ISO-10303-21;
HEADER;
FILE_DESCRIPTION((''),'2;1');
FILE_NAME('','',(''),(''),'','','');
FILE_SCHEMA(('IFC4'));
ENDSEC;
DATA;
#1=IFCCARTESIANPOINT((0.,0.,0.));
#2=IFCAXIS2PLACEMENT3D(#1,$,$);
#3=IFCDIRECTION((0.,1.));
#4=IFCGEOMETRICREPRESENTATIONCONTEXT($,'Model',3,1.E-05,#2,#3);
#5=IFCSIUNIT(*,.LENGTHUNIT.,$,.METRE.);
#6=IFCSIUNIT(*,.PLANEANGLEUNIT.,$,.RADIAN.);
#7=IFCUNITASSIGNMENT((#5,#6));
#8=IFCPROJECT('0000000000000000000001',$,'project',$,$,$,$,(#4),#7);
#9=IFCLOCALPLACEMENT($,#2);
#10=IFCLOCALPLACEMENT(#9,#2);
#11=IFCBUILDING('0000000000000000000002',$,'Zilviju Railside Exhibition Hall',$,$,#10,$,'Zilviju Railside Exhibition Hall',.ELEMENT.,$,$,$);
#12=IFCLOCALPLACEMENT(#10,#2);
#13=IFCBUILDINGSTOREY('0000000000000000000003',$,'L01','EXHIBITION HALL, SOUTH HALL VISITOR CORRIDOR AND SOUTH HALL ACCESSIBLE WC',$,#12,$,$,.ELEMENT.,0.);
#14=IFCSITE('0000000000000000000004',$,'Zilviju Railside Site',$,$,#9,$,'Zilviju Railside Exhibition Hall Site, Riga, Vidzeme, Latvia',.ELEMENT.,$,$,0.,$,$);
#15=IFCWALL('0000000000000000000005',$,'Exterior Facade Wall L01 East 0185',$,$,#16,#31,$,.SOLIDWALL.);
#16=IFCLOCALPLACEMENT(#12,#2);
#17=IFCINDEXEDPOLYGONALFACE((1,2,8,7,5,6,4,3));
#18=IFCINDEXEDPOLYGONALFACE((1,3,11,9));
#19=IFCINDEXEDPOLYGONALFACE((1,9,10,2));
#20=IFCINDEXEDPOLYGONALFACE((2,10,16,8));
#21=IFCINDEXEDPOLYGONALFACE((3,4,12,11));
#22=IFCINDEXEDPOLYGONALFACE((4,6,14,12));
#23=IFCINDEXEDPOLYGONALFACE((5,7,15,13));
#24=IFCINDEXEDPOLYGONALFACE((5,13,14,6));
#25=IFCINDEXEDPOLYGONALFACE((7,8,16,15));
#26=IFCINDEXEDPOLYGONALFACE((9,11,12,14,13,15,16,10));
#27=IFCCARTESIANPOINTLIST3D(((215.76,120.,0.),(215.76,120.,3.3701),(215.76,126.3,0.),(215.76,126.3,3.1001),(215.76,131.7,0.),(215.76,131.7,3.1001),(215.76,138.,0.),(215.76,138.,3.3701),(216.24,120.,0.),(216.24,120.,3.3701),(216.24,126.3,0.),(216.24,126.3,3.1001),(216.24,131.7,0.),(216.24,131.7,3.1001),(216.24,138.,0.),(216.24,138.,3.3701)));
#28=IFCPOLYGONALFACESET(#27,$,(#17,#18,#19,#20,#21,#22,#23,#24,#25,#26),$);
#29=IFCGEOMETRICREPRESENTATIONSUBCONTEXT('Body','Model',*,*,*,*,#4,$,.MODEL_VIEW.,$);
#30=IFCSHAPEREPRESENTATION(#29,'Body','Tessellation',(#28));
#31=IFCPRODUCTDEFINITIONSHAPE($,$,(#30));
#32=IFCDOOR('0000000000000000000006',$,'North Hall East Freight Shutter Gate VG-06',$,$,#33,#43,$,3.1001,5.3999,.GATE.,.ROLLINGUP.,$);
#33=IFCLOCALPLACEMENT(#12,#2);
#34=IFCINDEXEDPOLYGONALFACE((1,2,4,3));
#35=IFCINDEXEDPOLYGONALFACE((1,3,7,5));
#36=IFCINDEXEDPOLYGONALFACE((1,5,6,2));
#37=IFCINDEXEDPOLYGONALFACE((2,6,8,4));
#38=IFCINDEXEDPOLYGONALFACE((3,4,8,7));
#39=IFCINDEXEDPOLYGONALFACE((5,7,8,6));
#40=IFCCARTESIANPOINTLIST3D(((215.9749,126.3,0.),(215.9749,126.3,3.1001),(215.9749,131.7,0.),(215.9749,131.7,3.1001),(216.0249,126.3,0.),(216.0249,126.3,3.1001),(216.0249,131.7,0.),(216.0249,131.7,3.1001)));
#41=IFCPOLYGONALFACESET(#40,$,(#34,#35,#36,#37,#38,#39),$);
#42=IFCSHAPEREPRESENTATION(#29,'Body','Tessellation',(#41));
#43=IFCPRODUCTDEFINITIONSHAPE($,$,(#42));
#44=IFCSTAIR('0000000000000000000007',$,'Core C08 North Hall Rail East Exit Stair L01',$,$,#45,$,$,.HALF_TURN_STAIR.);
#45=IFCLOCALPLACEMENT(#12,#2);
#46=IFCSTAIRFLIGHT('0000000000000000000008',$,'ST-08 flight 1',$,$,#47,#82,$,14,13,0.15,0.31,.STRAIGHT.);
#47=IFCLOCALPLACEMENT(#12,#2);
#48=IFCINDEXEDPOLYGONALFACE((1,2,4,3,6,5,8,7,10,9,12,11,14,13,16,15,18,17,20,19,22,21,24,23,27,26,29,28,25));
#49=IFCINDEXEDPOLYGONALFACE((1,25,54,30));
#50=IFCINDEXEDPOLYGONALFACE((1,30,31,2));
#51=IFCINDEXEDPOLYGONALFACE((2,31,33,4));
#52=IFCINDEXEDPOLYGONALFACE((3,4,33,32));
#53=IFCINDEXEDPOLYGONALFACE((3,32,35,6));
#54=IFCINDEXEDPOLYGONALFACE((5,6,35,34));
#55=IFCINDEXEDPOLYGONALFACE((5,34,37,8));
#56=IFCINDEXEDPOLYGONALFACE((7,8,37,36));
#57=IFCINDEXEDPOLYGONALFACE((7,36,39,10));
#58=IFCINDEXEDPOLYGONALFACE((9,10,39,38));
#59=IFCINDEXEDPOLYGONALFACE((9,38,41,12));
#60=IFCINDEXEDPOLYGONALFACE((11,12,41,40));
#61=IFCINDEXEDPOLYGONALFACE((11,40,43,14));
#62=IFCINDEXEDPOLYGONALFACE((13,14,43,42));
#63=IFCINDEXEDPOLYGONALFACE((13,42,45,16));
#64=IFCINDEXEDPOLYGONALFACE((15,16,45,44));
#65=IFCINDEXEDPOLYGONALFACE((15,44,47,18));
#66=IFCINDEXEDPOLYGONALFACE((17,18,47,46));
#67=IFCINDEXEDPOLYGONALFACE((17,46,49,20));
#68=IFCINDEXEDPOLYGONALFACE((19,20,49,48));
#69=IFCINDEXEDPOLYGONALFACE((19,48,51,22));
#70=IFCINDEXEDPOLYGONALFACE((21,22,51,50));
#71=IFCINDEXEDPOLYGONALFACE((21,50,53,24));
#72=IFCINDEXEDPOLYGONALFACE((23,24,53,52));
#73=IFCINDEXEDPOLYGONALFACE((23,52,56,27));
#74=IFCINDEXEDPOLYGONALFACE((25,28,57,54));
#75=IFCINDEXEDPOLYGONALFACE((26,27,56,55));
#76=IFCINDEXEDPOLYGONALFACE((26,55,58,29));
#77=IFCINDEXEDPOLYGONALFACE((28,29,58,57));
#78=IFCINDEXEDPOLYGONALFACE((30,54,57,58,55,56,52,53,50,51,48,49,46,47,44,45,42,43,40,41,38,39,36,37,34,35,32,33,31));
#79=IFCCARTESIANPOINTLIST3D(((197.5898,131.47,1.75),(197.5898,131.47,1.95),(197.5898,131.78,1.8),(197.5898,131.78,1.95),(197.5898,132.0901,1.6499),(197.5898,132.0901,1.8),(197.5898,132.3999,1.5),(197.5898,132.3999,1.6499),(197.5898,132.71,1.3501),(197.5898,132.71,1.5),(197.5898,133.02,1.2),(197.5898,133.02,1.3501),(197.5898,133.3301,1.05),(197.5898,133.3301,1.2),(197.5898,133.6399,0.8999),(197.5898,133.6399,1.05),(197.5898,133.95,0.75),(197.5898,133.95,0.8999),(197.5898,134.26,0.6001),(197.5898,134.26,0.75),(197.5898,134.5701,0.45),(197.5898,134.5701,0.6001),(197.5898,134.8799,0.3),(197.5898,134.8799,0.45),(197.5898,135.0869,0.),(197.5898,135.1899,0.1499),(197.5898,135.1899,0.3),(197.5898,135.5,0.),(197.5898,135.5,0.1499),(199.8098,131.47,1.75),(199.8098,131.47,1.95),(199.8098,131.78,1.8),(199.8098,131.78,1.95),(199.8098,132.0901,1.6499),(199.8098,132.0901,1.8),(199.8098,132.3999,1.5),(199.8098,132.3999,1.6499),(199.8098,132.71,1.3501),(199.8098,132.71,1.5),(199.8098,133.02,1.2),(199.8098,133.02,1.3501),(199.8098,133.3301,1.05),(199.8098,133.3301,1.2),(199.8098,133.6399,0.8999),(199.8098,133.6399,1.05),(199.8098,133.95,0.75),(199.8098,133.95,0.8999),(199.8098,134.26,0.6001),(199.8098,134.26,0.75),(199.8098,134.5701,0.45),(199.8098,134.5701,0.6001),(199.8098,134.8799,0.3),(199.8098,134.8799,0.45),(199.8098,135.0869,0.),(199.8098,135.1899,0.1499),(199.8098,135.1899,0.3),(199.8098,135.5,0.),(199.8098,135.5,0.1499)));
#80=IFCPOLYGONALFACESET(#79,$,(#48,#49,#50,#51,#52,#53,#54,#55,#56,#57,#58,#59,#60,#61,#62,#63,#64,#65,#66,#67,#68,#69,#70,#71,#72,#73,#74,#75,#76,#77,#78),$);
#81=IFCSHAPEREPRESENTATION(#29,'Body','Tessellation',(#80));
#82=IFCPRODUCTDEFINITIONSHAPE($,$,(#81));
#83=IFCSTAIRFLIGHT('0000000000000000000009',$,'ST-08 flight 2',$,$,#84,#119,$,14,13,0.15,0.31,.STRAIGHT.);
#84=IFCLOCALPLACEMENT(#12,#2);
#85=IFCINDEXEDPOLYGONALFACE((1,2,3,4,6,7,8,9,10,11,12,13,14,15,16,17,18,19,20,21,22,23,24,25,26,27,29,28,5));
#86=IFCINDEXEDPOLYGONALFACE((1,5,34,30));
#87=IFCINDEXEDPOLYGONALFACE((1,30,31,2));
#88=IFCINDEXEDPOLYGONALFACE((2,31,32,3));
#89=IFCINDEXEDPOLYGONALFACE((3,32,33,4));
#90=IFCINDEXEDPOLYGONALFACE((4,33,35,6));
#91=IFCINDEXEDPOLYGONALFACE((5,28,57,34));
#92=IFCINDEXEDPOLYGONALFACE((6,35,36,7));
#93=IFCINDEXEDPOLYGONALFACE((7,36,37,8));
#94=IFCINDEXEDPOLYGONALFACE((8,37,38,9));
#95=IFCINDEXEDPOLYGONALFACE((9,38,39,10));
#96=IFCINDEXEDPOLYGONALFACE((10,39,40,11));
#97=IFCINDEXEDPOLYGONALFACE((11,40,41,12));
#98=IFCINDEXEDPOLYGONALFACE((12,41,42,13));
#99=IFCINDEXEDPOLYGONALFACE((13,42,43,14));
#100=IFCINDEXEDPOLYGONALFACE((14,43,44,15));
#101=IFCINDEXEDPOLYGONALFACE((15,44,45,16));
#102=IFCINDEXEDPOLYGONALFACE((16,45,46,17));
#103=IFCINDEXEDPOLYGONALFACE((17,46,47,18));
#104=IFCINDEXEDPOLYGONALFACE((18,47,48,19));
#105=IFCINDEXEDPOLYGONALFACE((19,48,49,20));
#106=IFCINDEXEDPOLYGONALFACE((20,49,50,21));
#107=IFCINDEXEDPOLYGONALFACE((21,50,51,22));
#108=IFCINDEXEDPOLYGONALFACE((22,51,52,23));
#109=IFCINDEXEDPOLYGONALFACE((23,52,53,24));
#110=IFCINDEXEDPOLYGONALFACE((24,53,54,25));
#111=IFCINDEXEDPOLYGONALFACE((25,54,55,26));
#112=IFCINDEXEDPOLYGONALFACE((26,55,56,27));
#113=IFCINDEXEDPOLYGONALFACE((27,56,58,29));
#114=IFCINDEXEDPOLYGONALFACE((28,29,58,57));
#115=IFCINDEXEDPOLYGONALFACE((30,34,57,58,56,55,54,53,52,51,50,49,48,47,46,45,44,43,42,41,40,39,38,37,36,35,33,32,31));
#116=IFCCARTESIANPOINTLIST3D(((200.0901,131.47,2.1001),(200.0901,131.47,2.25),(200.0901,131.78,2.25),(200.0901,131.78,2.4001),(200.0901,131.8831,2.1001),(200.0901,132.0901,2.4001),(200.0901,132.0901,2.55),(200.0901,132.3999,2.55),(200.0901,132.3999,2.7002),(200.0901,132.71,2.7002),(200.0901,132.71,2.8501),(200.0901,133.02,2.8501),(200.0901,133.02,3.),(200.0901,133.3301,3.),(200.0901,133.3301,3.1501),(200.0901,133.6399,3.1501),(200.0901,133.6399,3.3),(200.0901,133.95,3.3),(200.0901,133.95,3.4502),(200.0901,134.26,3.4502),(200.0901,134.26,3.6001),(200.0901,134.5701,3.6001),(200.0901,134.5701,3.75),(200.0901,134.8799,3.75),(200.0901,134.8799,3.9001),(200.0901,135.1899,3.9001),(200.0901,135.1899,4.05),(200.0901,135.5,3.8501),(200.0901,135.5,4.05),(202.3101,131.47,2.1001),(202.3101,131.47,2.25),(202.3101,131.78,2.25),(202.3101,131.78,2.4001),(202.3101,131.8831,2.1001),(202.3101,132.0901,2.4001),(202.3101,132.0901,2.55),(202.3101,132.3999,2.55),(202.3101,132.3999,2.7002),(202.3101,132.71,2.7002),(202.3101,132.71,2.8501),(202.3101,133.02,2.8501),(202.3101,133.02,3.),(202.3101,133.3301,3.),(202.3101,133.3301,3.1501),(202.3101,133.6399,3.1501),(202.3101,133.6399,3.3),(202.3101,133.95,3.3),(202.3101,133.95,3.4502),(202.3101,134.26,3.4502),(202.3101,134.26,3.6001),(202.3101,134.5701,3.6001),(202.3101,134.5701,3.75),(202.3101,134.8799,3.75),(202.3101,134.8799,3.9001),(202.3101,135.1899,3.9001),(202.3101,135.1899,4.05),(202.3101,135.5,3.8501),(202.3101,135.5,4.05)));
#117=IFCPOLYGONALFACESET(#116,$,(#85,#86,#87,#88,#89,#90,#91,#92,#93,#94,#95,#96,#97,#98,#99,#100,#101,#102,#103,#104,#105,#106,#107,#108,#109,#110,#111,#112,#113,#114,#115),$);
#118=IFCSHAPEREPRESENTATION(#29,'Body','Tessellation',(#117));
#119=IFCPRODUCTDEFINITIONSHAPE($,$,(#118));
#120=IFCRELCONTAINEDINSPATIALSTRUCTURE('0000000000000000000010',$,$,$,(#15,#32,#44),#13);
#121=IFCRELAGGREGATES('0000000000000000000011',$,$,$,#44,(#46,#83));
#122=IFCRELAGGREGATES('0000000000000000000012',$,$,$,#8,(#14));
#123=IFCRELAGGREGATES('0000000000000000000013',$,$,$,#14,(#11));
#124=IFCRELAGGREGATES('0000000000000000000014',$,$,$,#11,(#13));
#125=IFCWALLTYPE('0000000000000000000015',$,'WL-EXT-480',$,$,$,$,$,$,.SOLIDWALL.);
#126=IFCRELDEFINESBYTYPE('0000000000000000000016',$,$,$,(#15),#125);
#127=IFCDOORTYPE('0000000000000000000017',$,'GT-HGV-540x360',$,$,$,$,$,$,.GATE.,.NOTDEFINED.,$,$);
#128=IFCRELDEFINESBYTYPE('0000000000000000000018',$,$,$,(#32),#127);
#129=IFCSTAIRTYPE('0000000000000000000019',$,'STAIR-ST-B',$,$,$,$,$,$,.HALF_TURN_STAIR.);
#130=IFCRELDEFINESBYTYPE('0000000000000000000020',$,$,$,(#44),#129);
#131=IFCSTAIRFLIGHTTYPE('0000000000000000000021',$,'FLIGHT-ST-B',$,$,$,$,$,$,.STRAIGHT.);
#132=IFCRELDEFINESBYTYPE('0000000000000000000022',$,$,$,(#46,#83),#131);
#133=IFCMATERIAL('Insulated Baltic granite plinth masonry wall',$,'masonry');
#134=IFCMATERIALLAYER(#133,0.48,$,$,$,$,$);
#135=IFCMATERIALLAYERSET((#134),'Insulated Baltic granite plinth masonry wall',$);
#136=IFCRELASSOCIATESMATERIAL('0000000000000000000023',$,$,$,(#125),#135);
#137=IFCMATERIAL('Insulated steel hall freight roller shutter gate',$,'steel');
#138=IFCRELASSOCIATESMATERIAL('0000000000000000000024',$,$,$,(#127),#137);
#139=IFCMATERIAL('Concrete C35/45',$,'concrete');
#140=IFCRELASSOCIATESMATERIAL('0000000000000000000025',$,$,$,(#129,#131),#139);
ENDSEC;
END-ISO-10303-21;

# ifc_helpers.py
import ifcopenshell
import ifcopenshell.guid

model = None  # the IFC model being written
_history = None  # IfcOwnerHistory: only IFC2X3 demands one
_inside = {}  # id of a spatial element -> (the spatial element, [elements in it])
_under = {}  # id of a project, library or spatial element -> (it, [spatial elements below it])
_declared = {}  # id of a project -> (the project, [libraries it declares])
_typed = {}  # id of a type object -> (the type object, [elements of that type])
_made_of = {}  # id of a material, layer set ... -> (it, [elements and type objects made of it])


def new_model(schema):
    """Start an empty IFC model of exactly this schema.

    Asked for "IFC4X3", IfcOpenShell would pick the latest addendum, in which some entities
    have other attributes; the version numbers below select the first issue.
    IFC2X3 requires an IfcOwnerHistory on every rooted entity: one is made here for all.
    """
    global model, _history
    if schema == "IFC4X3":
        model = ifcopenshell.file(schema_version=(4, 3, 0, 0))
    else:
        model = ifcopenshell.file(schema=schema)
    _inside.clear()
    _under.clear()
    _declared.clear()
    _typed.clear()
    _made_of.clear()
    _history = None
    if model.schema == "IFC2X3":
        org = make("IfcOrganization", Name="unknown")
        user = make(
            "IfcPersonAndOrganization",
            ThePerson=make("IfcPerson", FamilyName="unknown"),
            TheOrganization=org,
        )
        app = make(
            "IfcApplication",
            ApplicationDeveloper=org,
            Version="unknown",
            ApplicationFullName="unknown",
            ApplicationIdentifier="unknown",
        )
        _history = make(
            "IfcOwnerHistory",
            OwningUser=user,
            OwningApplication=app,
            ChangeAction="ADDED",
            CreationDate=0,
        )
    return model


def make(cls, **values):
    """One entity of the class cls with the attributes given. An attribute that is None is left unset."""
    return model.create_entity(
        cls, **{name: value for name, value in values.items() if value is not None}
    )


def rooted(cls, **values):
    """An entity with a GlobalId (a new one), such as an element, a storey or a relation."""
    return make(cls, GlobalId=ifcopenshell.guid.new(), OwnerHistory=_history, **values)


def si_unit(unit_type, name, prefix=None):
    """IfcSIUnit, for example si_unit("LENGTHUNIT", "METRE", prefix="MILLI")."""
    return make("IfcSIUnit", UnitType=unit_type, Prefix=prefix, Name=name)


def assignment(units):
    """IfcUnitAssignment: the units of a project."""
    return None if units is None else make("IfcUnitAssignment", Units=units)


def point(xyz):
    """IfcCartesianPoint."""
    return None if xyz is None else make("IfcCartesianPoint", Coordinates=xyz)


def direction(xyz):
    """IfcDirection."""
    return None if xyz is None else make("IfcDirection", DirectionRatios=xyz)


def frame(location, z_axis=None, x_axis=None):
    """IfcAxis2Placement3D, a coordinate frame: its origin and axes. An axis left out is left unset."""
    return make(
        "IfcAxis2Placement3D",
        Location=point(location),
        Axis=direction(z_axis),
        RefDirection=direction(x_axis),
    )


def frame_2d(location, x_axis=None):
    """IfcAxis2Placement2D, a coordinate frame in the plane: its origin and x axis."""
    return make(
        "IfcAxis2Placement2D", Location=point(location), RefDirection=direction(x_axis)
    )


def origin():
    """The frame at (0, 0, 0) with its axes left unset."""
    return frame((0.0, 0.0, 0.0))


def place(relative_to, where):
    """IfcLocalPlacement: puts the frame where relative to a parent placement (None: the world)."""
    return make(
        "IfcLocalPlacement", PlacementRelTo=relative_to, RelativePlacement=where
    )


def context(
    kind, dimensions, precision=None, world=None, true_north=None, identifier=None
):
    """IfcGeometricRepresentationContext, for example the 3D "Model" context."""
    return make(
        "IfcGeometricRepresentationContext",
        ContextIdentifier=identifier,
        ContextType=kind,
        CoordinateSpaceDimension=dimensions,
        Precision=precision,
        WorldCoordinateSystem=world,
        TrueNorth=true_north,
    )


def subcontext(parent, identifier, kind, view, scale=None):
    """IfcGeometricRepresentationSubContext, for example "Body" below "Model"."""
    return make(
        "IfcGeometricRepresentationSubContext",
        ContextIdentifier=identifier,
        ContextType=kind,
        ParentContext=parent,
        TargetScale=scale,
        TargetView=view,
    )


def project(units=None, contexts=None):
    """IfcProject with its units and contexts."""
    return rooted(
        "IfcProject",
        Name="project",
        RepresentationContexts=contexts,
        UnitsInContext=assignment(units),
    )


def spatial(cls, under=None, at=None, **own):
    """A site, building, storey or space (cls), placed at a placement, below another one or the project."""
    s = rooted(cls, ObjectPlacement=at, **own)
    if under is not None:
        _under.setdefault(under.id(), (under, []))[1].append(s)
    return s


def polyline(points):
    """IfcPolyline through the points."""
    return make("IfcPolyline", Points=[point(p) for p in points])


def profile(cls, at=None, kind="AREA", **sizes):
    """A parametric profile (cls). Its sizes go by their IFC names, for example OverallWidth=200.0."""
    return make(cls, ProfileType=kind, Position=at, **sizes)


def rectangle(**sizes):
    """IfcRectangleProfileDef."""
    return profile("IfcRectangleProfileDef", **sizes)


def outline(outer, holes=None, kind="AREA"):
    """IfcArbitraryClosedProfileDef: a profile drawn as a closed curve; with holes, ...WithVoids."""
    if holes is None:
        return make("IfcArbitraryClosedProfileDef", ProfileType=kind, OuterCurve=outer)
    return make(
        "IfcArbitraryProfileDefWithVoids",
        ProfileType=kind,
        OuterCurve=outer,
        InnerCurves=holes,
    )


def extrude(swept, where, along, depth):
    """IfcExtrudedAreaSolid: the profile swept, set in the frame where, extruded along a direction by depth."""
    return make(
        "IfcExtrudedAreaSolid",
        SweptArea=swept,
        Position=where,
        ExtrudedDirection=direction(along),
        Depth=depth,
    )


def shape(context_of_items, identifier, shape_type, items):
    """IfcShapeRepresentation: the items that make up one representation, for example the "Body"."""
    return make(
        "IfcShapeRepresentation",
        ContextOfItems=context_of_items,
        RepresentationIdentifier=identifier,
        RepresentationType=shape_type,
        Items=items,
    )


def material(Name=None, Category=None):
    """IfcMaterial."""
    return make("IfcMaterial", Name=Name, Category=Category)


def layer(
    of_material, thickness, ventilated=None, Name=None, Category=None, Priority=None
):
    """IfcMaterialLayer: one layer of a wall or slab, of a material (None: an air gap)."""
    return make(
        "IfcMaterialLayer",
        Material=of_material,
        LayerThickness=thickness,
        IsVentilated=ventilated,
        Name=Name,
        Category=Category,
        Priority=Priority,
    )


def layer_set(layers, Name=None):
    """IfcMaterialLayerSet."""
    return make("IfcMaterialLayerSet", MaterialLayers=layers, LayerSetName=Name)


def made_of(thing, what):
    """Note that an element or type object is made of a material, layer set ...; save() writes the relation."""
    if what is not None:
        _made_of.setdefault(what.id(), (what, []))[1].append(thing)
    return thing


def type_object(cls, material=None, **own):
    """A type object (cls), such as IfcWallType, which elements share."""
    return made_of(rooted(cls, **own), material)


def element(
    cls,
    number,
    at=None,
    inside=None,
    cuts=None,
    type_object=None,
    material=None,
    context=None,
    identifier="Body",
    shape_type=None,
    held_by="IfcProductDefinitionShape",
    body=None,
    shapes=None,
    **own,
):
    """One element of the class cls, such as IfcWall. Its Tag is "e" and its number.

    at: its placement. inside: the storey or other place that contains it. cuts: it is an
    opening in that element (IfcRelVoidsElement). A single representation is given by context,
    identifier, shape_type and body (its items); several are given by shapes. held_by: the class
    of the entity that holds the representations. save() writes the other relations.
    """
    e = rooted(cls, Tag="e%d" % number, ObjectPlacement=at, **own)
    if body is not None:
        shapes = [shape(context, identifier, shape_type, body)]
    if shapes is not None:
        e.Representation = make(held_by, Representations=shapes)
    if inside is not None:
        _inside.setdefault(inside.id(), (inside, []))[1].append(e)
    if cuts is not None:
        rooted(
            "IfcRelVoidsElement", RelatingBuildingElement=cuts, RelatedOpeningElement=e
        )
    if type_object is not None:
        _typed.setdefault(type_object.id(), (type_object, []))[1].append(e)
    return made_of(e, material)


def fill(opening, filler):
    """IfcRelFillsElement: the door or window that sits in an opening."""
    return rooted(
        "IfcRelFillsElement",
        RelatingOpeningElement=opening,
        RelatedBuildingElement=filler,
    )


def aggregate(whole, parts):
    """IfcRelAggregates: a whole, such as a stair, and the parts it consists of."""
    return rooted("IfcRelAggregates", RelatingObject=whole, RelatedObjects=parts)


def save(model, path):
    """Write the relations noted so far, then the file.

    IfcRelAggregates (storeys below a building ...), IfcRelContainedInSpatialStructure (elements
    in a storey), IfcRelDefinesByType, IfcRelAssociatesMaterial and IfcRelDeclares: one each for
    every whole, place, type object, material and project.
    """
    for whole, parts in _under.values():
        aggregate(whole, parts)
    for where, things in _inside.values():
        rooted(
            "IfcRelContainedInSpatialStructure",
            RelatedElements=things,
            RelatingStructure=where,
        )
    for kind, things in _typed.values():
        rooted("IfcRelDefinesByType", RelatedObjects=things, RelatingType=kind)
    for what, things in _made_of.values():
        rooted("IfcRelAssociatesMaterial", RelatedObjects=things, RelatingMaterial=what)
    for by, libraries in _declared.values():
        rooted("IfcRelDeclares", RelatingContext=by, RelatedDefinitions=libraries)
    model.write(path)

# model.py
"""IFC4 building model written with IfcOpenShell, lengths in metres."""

from ifc_helpers import new_model, si_unit, direction, frame, frame_2d, origin, place, context, subcontext, project, spatial, polyline, rectangle, outline, extrude, material, layer, layer_set, type_object, element, fill, aggregate, save


model = new_model("IFC4")

# Units and contexts
model_context = context("Model", 3, precision=1e-05, world=origin(), true_north=direction((0.0, 1.0)))
body_context = subcontext(model_context, "Body", "Model", "MODEL_VIEW")
ifc_project = project(units=[si_unit("LENGTHUNIT", "METRE"), si_unit("PLANEANGLEUNIT", "RADIAN")], contexts=[model_context])

# Site, building, storey
site_placement = place(None, origin())
site = spatial("IfcSite", under=ifc_project, at=site_placement, Name="Zilviju Railside Site", LongName="Zilviju Railside Exhibition Hall Site, Riga, Vidzeme, Latvia", CompositionType="ELEMENT", RefElevation=0.0)
building_placement = place(site_placement, origin())
building = spatial("IfcBuilding", under=site, at=building_placement, Name="Zilviju Railside Exhibition Hall", LongName="Zilviju Railside Exhibition Hall", CompositionType="ELEMENT")
storey_placement = place(building_placement, origin())
storey = spatial("IfcBuildingStorey", under=building, at=storey_placement, Name="L01", Description="EXHIBITION HALL, SOUTH HALL VISITOR CORRIDOR AND SOUTH HALL ACCESSIBLE WC", CompositionType="ELEMENT", Elevation=0.0)

# Shared definitions
ifc_material_1 = material(Name="Concrete C35/45", Category="concrete")

# Wall, opening, door
ifc_material_2 = material(Name="Insulated Baltic granite plinth masonry wall", Category="masonry")
ifc_layer_1 = layer(ifc_material_2, 0.48)
ifc_layer_set_1 = layer_set([ifc_layer_1], Name="Insulated Baltic granite plinth masonry wall")
wall_type_1 = type_object("IfcWallType", Name="WL-EXT-480", PredefinedType="SOLIDWALL", material=ifc_layer_set_1)
wall_1_placement = place(storey_placement, frame((216.0, 138.0, 0.0), z_axis=(0.0, 0.0, 1.0), x_axis=(0.0, -1.0, 0.0)))
wall_1 = element("IfcWall", 1, at=wall_1_placement, inside=storey, type_object=wall_type_1, Name="Exterior Facade Wall L01 East 0185", PredefinedType="SOLIDWALL", context=body_context, shape_type="SweptSolid", body=[
    extrude(rectangle(XDim=18.0, YDim=0.48, at=frame_2d((9.0, 0.0))), origin(), (0.0, 0.0, 1.0), 3.3701),
])
opening_1_placement = place(wall_1_placement, frame((6.3, 0.0, 0.0)))
opening_1 = element("IfcOpeningElement", 2, at=opening_1_placement, cuts=wall_1, PredefinedType="OPENING", context=body_context, shape_type="SweptSolid", body=[
    extrude(rectangle(XDim=5.3999, YDim=3.1001, at=frame_2d((2.7, 1.55))), frame((0.0, 0.25, 0.0), z_axis=(0.0, -1.0, 0.0), x_axis=(1.0, 0.0, 0.0)), (0.0, 0.0, 1.0), 0.5),
])
ifc_material_3 = material(Name="Insulated steel hall freight roller shutter gate", Category="steel")
door_type_1 = type_object("IfcDoorType", Name="GT-HGV-540x360", OperationType="NOTDEFINED", PredefinedType="GATE", material=ifc_material_3)
door_1_placement = place(opening_1_placement, origin())
door_1 = element("IfcDoor", 3, at=door_1_placement, inside=storey, type_object=door_type_1, Name="North Hall East Freight Shutter Gate VG-06", OperationType="ROLLINGUP", OverallHeight=3.1001, OverallWidth=5.3999, PredefinedType="GATE", context=body_context, shape_type="SweptSolid", body=[
    extrude(rectangle(XDim=5.3999, YDim=3.1001, at=frame_2d((2.7, 1.55))), frame((0.0, 0.0249, 0.0), z_axis=(0.0, -1.0, 0.0), x_axis=(1.0, 0.0, 0.0)), (0.0, 0.0, 1.0), 0.05),
])
fill(opening_1, door_1)

# Stair, stair flights
stair_type = type_object("IfcStairType", Name="STAIR-ST-B", PredefinedType="HALF_TURN_STAIR", material=ifc_material_1)
stair_placement = place(storey_placement, origin())
stair = element("IfcStair", 4, at=stair_placement, inside=storey, type_object=stair_type, Name="Core C08 North Hall Rail East Exit Stair L01", PredefinedType="HALF_TURN_STAIR")
stair_flight_type = type_object("IfcStairFlightType", Name="FLIGHT-ST-B", PredefinedType="STRAIGHT", material=ifc_material_1)
stair_flight_1_placement = place(storey_placement, frame((198.7, 135.5, 0.0), z_axis=(0.0, 0.0, 1.0), x_axis=(0.0, -1.0, 0.0)))
stair_flight_1 = element("IfcStairFlight", 5, at=stair_flight_1_placement, type_object=stair_flight_type, Name="ST-08 flight 1", NumberOfRisers=14, NumberOfTreads=13, PredefinedType="STRAIGHT", RiserHeight=0.15, TreadLength=0.31, context=body_context, shape_type="SweptSolid", body=[
    extrude(outline(polyline([(0.0, 0.0), (0.0, 0.1499), (0.3101, 0.1499), (0.3101, 0.3), (0.6201, 0.3), (0.6201, 0.45), (0.9299, 0.45), (0.9299, 0.6001), (1.24, 0.6001), (1.24, 0.75), (1.55, 0.75), (1.55, 0.8999), (1.8601, 0.8999), (1.8601, 1.05), (2.1699, 1.05), (2.1699, 1.2), (2.48, 1.2), (2.48, 1.3501), (2.79, 1.3501), (2.79, 1.5), (3.1001, 1.5), (3.1001, 1.6499), (3.4099, 1.6499), (3.4099, 1.8), (3.72, 1.8), (3.72, 1.95), (4.03, 1.95), (4.03, 2.1001), (4.03, 1.75), (0.4131, 0.0), (0.0, 0.0)])), frame((0.0, 1.1099, 0.0), z_axis=(0.0, -1.0, 0.0), x_axis=(1.0, 0.0, 0.0)), (0.0, 0.0, 1.0), 2.22),
])
stair_flight_2_placement = place(storey_placement, frame((201.2, 131.47, 2.1001), z_axis=(0.0, 0.0, 1.0), x_axis=(0.0, 1.0, 0.0)))
stair_flight_2 = element("IfcStairFlight", 6, at=stair_flight_2_placement, type_object=stair_flight_type, Name="ST-08 flight 2", NumberOfRisers=14, NumberOfTreads=13, PredefinedType="STRAIGHT", RiserHeight=0.15, TreadLength=0.31, context=body_context, shape_type="SweptSolid", body=[
    extrude(outline(polyline([(0.0, 0.0), (0.0, 0.1499), (0.3101, 0.1499), (0.3101, 0.3), (0.6201, 0.3), (0.6201, 0.45), (0.9299, 0.45), (0.9299, 0.6001), (1.24, 0.6001), (1.24, 0.75), (1.55, 0.75), (1.55, 0.8999), (1.8601, 0.8999), (1.8601, 1.05), (2.1699, 1.05), (2.1699, 1.2), (2.48, 1.2), (2.48, 1.3501), (2.79, 1.3501), (2.79, 1.5), (3.1001, 1.5), (3.1001, 1.6499), (3.4099, 1.6499), (3.4099, 1.8), (3.72, 1.8), (3.72, 1.95), (4.03, 1.95), (4.03, 2.1001), (4.03, 1.75), (0.4131, 0.0), (0.0, 0.0)])), frame((0.0, 1.1099, 0.0), z_axis=(0.0, -1.0, 0.0), x_axis=(1.0, 0.0, 0.0)), (0.0, 0.0, 1.0), 2.22),
])
aggregate(stair, [stair_flight_1, stair_flight_2])

save(model, "model.ifc")
